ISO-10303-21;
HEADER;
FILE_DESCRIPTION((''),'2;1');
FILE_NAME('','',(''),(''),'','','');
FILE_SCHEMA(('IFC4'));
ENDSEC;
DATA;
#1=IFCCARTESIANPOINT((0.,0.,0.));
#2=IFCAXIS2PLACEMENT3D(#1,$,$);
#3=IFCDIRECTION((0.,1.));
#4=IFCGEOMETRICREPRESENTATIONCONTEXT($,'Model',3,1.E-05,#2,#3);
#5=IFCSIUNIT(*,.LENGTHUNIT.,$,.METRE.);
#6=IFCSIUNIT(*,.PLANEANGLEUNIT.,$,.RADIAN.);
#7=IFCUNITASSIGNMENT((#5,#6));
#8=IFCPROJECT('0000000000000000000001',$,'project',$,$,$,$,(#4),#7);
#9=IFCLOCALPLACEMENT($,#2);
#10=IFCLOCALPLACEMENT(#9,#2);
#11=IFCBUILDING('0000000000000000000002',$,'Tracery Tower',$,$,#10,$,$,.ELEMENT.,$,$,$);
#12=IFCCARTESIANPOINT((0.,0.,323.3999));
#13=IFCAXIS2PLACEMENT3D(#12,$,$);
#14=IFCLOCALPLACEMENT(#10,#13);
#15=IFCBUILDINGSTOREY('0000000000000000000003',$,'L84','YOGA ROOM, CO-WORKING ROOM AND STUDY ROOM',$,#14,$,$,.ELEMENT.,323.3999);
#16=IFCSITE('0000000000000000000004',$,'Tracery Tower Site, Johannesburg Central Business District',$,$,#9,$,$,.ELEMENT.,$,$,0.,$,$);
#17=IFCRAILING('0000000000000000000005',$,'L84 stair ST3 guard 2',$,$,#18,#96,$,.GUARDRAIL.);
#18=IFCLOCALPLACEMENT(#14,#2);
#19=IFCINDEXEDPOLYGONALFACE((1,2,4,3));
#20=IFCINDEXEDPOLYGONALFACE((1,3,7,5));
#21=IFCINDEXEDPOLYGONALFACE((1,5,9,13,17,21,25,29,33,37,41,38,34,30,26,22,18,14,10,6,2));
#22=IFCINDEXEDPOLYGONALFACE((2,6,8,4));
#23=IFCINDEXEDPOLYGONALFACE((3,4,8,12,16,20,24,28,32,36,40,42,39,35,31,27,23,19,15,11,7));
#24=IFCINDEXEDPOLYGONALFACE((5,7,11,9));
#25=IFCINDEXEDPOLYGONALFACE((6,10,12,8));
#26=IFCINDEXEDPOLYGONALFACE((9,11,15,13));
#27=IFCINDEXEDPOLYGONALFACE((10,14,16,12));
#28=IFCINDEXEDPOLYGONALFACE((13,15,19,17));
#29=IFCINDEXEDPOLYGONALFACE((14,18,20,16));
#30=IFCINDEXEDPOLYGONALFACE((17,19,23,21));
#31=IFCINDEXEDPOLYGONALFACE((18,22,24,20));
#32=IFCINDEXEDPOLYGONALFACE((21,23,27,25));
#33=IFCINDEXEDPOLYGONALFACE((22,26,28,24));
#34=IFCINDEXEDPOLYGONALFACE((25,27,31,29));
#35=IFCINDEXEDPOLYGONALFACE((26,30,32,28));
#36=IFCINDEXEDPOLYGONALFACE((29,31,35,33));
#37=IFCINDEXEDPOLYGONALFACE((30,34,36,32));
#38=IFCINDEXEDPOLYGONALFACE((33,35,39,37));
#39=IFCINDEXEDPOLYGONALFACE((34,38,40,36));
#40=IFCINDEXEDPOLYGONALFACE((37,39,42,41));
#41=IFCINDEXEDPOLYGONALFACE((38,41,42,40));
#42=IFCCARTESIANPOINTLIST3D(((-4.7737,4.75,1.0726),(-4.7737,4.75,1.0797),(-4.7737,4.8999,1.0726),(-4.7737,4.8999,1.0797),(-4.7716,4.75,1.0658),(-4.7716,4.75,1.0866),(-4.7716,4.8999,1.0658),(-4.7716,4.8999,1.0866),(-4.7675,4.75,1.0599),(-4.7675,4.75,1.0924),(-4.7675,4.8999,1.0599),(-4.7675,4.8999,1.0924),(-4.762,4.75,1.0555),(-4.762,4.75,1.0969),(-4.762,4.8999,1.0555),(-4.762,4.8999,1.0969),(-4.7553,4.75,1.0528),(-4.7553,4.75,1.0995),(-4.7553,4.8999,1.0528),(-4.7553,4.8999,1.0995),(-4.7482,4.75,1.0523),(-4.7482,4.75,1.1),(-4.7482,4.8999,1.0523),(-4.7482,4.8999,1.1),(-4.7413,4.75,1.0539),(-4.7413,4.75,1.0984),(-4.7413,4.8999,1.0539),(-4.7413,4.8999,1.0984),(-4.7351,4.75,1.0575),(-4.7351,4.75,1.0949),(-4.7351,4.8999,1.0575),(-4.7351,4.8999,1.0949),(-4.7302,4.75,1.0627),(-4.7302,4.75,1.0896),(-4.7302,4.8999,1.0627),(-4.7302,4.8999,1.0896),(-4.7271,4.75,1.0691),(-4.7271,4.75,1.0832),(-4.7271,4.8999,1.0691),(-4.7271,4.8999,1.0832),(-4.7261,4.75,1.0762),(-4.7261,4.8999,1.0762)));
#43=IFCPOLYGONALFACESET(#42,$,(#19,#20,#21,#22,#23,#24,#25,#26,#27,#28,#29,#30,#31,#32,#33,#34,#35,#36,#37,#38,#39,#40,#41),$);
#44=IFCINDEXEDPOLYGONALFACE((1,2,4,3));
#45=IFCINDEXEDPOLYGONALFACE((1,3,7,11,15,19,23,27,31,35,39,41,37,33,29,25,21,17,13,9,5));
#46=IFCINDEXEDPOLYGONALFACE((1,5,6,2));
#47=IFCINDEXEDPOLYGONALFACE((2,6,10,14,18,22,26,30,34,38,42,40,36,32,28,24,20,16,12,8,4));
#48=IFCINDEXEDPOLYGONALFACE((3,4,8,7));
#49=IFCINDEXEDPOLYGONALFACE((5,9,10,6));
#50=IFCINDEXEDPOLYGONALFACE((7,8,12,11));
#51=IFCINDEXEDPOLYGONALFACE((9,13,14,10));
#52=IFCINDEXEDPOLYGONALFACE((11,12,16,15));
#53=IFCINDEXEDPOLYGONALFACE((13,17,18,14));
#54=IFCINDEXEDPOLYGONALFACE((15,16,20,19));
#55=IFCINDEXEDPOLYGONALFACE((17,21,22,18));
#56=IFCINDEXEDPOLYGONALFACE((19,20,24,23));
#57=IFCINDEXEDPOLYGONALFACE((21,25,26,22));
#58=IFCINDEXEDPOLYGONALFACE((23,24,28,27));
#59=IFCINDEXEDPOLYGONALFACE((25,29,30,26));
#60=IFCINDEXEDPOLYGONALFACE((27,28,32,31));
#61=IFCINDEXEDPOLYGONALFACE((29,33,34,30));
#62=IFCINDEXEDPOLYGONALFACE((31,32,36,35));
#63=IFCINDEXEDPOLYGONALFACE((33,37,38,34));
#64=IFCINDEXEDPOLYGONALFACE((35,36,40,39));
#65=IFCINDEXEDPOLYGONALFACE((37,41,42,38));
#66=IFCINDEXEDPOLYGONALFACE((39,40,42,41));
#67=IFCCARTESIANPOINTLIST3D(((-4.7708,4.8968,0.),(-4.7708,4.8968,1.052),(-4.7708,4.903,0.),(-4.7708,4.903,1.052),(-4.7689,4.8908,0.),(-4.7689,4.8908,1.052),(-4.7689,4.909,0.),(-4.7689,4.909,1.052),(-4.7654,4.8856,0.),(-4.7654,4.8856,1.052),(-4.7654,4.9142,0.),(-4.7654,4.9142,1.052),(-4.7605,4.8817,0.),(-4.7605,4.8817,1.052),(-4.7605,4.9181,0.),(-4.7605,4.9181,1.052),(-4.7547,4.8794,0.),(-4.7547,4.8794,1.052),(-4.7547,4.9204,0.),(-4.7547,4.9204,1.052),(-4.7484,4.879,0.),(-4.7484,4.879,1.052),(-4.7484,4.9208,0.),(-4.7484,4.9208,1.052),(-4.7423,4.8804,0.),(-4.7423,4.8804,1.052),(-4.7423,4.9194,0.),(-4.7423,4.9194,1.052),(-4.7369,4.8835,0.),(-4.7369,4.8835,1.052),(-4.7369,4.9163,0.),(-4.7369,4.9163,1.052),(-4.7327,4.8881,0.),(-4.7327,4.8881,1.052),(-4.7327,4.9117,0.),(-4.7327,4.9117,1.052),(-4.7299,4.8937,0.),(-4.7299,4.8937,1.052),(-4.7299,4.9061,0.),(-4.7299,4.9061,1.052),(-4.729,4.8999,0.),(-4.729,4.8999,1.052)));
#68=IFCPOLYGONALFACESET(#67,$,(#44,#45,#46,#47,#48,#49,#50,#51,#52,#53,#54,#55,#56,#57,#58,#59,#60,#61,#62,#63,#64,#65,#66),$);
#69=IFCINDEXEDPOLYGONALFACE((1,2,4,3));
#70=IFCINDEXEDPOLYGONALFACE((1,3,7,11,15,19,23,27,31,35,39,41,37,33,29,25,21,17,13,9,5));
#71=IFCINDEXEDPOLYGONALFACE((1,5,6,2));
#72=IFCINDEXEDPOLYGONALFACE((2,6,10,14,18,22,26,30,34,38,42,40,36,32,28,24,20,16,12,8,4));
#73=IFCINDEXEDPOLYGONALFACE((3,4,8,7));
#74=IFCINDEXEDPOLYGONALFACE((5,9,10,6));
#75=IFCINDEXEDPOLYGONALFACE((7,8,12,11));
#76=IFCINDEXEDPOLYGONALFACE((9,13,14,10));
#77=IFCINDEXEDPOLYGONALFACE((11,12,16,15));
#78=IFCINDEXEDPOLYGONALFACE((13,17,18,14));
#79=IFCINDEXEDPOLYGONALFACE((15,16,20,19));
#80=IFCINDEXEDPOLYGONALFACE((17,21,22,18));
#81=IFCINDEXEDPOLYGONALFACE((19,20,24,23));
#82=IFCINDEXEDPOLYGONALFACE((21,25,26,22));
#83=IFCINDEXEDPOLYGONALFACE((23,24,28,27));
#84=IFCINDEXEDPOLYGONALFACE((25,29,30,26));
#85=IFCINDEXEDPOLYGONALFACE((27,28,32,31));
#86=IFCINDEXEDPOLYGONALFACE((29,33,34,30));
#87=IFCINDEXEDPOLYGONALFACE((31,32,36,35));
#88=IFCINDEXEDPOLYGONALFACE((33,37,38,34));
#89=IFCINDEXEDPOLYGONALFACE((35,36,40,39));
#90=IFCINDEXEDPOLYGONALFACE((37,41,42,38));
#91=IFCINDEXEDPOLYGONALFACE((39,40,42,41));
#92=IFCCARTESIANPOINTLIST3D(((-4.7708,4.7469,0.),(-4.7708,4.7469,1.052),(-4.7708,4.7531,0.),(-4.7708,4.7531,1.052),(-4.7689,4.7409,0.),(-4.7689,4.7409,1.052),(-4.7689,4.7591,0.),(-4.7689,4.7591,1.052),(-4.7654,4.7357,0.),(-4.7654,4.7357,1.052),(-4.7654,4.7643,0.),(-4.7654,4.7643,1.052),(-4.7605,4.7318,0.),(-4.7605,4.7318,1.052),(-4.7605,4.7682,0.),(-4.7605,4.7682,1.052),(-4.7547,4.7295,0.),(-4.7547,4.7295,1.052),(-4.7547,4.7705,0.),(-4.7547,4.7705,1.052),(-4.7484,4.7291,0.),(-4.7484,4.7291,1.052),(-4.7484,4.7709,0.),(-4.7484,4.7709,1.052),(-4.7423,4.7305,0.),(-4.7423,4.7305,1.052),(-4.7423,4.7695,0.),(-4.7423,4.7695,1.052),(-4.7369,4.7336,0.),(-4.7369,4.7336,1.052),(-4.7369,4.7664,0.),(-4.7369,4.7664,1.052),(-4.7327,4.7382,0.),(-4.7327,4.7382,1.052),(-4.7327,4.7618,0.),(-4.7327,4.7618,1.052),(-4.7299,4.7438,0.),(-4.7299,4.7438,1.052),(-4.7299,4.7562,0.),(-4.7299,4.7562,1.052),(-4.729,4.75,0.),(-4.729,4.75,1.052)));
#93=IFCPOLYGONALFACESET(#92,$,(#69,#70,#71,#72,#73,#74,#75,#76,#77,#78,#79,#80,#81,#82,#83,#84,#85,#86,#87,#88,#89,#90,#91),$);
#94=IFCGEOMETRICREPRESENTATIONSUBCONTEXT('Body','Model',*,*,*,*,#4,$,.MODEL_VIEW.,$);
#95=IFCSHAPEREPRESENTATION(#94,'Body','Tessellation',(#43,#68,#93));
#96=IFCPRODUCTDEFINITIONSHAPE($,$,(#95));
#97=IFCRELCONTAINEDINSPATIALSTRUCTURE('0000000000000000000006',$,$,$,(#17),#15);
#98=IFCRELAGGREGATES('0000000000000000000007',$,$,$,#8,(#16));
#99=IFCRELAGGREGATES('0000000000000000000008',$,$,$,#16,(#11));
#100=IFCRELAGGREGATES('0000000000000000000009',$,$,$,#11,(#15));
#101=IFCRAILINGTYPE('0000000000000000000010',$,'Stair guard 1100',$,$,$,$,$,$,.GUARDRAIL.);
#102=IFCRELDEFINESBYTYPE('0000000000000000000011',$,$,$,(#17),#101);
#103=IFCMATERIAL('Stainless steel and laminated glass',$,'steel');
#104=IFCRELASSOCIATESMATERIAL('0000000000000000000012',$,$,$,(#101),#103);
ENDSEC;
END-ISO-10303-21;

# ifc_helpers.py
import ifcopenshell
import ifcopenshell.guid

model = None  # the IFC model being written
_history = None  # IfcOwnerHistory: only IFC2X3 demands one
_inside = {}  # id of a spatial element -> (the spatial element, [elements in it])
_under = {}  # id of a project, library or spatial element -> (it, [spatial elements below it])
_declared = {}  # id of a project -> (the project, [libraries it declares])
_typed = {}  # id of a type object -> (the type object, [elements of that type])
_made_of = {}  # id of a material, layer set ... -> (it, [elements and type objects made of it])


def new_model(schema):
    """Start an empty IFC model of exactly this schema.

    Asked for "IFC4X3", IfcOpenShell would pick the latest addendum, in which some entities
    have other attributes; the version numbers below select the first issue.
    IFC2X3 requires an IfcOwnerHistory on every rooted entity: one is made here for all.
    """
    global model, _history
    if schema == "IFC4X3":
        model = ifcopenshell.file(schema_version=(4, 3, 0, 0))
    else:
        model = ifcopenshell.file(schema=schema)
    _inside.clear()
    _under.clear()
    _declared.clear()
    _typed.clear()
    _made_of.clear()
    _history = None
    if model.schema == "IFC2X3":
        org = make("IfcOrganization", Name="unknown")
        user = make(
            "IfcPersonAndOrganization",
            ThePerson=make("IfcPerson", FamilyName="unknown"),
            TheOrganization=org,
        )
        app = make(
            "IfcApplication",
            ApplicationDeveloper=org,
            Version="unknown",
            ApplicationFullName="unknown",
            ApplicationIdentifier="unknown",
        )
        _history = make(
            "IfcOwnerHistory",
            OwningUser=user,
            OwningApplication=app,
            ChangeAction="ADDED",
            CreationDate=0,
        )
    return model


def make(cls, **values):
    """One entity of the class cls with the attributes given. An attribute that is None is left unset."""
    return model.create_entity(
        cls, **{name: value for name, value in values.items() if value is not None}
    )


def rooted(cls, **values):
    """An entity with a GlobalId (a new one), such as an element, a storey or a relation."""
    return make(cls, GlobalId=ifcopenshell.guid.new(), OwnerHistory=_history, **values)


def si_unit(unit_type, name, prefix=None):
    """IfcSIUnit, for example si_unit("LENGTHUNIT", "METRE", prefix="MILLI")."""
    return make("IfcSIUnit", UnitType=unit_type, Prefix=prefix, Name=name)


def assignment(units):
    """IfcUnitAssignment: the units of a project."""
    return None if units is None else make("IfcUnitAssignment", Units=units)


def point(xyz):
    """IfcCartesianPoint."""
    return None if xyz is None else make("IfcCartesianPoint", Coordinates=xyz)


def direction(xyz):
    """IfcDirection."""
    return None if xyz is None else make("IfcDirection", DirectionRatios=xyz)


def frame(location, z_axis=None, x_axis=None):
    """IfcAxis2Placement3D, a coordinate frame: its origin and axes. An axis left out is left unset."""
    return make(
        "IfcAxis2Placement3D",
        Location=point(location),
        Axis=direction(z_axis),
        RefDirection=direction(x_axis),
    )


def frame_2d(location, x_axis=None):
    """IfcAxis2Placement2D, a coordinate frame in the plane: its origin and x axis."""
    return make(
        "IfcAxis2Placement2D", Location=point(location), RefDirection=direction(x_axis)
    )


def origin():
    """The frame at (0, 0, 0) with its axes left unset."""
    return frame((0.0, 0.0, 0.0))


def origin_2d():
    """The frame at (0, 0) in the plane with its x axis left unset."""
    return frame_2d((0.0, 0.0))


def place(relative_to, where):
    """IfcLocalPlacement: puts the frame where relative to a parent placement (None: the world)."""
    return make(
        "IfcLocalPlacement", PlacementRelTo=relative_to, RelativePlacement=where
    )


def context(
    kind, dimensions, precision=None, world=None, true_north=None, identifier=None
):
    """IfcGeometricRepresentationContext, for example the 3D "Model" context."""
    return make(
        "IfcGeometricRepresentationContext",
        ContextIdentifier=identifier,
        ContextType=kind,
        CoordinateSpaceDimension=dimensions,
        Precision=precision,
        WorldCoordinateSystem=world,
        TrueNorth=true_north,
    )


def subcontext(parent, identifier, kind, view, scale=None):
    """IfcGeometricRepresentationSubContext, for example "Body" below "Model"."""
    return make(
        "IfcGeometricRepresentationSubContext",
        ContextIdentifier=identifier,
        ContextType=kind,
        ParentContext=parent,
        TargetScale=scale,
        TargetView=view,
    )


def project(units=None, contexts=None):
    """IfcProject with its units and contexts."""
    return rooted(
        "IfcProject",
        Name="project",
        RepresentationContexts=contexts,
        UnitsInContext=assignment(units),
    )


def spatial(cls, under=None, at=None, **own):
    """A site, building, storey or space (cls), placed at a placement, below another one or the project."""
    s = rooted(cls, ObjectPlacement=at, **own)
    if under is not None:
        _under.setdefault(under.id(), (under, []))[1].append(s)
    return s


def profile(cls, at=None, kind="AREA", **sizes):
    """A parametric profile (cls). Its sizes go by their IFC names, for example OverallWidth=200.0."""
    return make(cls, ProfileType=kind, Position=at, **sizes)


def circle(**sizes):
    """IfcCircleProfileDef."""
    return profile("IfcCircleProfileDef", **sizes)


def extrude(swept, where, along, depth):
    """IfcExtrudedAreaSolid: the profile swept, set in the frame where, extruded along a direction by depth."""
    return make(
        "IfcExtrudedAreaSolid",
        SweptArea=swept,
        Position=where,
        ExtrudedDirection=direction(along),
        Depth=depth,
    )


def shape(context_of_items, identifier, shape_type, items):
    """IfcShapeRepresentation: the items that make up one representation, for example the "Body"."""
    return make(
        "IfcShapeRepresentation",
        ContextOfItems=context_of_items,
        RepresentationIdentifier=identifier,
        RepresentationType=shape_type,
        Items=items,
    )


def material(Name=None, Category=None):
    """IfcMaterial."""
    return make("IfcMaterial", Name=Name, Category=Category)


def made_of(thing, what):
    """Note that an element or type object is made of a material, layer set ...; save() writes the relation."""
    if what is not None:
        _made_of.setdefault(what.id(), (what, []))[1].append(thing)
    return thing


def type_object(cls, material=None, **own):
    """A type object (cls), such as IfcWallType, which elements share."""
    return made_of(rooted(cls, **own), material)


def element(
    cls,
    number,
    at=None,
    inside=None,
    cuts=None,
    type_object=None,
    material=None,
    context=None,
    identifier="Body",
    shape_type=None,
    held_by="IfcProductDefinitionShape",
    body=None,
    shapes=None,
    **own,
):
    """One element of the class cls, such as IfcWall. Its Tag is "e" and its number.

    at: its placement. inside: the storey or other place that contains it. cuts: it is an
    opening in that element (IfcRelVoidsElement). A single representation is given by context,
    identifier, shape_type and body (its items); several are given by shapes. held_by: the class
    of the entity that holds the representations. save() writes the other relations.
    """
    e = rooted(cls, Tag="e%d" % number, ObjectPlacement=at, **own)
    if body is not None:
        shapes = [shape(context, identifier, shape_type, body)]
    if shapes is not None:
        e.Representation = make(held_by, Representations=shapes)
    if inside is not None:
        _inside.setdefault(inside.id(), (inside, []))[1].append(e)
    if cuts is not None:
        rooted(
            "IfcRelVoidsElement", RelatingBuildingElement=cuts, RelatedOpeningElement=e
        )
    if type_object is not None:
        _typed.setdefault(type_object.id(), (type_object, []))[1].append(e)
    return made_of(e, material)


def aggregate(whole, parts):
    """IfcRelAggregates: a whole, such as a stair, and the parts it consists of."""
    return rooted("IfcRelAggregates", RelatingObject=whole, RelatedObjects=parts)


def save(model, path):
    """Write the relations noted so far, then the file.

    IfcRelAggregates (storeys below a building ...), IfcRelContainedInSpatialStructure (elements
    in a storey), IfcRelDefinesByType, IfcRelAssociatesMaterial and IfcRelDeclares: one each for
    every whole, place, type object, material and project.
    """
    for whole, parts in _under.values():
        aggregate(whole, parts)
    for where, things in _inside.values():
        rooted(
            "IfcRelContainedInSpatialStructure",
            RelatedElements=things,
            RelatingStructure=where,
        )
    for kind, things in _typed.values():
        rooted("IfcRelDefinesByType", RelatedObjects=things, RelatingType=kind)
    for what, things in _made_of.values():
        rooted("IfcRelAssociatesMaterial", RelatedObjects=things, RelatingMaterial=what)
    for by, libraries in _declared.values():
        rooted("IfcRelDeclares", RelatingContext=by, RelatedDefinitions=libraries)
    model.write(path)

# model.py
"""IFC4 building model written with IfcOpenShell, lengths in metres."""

from ifc_helpers import new_model, si_unit, direction, frame, origin, origin_2d, place, context, subcontext, project, spatial, circle, extrude, material, type_object, element, save


model = new_model("IFC4")

# Units and contexts
model_context = context("Model", 3, precision=1e-05, world=origin(), true_north=direction((0.0, 1.0)))
body_context = subcontext(model_context, "Body", "Model", "MODEL_VIEW")
ifc_project = project(units=[si_unit("LENGTHUNIT", "METRE"), si_unit("PLANEANGLEUNIT", "RADIAN")], contexts=[model_context])

# Site, building, storey
site_placement = place(None, origin())
site = spatial("IfcSite", under=ifc_project, at=site_placement, Name="Tracery Tower Site, Johannesburg Central Business District", CompositionType="ELEMENT", RefElevation=0.0)
building_placement = place(site_placement, origin())
building = spatial("IfcBuilding", under=site, at=building_placement, Name="Tracery Tower", CompositionType="ELEMENT")
storey_placement = place(building_placement, frame((0.0, 0.0, 323.3999)))
storey = spatial("IfcBuildingStorey", under=building, at=storey_placement, Name="L84", Description="YOGA ROOM, CO-WORKING ROOM AND STUDY ROOM", CompositionType="ELEMENT", Elevation=323.3999)

# Railing
ifc_material_1 = material(Name="Stainless steel and laminated glass", Category="steel")
railing_type_1 = type_object("IfcRailingType", Name="Stair guard 1100", PredefinedType="GUARDRAIL", material=ifc_material_1)
railing_1_placement = place(storey_placement, frame((-4.75, 4.8999, 0.0)))
element("IfcRailing", 1, at=railing_1_placement, inside=storey, type_object=railing_type_1, Name="L84 stair ST3 guard 2", PredefinedType="GUARDRAIL", context=body_context, shape_type="SweptSolid", body=[
    extrude(circle(Radius=0.0239, at=origin_2d()), frame((0.0, 0.0, 1.0762), z_axis=(0.0, -1.0, 0.0), x_axis=(1.0, 0.0, 0.0)), (0.0, 0.0, 1.0), 0.1499),
    extrude(circle(Radius=0.021, at=origin_2d()), origin(), (0.0, 0.0, 1.0), 1.052),
    extrude(circle(Radius=0.021, at=origin_2d()), frame((0.0, -0.1499, 0.0)), (0.0, 0.0, 1.0), 1.052),
])

save(model, "model.ifc")
